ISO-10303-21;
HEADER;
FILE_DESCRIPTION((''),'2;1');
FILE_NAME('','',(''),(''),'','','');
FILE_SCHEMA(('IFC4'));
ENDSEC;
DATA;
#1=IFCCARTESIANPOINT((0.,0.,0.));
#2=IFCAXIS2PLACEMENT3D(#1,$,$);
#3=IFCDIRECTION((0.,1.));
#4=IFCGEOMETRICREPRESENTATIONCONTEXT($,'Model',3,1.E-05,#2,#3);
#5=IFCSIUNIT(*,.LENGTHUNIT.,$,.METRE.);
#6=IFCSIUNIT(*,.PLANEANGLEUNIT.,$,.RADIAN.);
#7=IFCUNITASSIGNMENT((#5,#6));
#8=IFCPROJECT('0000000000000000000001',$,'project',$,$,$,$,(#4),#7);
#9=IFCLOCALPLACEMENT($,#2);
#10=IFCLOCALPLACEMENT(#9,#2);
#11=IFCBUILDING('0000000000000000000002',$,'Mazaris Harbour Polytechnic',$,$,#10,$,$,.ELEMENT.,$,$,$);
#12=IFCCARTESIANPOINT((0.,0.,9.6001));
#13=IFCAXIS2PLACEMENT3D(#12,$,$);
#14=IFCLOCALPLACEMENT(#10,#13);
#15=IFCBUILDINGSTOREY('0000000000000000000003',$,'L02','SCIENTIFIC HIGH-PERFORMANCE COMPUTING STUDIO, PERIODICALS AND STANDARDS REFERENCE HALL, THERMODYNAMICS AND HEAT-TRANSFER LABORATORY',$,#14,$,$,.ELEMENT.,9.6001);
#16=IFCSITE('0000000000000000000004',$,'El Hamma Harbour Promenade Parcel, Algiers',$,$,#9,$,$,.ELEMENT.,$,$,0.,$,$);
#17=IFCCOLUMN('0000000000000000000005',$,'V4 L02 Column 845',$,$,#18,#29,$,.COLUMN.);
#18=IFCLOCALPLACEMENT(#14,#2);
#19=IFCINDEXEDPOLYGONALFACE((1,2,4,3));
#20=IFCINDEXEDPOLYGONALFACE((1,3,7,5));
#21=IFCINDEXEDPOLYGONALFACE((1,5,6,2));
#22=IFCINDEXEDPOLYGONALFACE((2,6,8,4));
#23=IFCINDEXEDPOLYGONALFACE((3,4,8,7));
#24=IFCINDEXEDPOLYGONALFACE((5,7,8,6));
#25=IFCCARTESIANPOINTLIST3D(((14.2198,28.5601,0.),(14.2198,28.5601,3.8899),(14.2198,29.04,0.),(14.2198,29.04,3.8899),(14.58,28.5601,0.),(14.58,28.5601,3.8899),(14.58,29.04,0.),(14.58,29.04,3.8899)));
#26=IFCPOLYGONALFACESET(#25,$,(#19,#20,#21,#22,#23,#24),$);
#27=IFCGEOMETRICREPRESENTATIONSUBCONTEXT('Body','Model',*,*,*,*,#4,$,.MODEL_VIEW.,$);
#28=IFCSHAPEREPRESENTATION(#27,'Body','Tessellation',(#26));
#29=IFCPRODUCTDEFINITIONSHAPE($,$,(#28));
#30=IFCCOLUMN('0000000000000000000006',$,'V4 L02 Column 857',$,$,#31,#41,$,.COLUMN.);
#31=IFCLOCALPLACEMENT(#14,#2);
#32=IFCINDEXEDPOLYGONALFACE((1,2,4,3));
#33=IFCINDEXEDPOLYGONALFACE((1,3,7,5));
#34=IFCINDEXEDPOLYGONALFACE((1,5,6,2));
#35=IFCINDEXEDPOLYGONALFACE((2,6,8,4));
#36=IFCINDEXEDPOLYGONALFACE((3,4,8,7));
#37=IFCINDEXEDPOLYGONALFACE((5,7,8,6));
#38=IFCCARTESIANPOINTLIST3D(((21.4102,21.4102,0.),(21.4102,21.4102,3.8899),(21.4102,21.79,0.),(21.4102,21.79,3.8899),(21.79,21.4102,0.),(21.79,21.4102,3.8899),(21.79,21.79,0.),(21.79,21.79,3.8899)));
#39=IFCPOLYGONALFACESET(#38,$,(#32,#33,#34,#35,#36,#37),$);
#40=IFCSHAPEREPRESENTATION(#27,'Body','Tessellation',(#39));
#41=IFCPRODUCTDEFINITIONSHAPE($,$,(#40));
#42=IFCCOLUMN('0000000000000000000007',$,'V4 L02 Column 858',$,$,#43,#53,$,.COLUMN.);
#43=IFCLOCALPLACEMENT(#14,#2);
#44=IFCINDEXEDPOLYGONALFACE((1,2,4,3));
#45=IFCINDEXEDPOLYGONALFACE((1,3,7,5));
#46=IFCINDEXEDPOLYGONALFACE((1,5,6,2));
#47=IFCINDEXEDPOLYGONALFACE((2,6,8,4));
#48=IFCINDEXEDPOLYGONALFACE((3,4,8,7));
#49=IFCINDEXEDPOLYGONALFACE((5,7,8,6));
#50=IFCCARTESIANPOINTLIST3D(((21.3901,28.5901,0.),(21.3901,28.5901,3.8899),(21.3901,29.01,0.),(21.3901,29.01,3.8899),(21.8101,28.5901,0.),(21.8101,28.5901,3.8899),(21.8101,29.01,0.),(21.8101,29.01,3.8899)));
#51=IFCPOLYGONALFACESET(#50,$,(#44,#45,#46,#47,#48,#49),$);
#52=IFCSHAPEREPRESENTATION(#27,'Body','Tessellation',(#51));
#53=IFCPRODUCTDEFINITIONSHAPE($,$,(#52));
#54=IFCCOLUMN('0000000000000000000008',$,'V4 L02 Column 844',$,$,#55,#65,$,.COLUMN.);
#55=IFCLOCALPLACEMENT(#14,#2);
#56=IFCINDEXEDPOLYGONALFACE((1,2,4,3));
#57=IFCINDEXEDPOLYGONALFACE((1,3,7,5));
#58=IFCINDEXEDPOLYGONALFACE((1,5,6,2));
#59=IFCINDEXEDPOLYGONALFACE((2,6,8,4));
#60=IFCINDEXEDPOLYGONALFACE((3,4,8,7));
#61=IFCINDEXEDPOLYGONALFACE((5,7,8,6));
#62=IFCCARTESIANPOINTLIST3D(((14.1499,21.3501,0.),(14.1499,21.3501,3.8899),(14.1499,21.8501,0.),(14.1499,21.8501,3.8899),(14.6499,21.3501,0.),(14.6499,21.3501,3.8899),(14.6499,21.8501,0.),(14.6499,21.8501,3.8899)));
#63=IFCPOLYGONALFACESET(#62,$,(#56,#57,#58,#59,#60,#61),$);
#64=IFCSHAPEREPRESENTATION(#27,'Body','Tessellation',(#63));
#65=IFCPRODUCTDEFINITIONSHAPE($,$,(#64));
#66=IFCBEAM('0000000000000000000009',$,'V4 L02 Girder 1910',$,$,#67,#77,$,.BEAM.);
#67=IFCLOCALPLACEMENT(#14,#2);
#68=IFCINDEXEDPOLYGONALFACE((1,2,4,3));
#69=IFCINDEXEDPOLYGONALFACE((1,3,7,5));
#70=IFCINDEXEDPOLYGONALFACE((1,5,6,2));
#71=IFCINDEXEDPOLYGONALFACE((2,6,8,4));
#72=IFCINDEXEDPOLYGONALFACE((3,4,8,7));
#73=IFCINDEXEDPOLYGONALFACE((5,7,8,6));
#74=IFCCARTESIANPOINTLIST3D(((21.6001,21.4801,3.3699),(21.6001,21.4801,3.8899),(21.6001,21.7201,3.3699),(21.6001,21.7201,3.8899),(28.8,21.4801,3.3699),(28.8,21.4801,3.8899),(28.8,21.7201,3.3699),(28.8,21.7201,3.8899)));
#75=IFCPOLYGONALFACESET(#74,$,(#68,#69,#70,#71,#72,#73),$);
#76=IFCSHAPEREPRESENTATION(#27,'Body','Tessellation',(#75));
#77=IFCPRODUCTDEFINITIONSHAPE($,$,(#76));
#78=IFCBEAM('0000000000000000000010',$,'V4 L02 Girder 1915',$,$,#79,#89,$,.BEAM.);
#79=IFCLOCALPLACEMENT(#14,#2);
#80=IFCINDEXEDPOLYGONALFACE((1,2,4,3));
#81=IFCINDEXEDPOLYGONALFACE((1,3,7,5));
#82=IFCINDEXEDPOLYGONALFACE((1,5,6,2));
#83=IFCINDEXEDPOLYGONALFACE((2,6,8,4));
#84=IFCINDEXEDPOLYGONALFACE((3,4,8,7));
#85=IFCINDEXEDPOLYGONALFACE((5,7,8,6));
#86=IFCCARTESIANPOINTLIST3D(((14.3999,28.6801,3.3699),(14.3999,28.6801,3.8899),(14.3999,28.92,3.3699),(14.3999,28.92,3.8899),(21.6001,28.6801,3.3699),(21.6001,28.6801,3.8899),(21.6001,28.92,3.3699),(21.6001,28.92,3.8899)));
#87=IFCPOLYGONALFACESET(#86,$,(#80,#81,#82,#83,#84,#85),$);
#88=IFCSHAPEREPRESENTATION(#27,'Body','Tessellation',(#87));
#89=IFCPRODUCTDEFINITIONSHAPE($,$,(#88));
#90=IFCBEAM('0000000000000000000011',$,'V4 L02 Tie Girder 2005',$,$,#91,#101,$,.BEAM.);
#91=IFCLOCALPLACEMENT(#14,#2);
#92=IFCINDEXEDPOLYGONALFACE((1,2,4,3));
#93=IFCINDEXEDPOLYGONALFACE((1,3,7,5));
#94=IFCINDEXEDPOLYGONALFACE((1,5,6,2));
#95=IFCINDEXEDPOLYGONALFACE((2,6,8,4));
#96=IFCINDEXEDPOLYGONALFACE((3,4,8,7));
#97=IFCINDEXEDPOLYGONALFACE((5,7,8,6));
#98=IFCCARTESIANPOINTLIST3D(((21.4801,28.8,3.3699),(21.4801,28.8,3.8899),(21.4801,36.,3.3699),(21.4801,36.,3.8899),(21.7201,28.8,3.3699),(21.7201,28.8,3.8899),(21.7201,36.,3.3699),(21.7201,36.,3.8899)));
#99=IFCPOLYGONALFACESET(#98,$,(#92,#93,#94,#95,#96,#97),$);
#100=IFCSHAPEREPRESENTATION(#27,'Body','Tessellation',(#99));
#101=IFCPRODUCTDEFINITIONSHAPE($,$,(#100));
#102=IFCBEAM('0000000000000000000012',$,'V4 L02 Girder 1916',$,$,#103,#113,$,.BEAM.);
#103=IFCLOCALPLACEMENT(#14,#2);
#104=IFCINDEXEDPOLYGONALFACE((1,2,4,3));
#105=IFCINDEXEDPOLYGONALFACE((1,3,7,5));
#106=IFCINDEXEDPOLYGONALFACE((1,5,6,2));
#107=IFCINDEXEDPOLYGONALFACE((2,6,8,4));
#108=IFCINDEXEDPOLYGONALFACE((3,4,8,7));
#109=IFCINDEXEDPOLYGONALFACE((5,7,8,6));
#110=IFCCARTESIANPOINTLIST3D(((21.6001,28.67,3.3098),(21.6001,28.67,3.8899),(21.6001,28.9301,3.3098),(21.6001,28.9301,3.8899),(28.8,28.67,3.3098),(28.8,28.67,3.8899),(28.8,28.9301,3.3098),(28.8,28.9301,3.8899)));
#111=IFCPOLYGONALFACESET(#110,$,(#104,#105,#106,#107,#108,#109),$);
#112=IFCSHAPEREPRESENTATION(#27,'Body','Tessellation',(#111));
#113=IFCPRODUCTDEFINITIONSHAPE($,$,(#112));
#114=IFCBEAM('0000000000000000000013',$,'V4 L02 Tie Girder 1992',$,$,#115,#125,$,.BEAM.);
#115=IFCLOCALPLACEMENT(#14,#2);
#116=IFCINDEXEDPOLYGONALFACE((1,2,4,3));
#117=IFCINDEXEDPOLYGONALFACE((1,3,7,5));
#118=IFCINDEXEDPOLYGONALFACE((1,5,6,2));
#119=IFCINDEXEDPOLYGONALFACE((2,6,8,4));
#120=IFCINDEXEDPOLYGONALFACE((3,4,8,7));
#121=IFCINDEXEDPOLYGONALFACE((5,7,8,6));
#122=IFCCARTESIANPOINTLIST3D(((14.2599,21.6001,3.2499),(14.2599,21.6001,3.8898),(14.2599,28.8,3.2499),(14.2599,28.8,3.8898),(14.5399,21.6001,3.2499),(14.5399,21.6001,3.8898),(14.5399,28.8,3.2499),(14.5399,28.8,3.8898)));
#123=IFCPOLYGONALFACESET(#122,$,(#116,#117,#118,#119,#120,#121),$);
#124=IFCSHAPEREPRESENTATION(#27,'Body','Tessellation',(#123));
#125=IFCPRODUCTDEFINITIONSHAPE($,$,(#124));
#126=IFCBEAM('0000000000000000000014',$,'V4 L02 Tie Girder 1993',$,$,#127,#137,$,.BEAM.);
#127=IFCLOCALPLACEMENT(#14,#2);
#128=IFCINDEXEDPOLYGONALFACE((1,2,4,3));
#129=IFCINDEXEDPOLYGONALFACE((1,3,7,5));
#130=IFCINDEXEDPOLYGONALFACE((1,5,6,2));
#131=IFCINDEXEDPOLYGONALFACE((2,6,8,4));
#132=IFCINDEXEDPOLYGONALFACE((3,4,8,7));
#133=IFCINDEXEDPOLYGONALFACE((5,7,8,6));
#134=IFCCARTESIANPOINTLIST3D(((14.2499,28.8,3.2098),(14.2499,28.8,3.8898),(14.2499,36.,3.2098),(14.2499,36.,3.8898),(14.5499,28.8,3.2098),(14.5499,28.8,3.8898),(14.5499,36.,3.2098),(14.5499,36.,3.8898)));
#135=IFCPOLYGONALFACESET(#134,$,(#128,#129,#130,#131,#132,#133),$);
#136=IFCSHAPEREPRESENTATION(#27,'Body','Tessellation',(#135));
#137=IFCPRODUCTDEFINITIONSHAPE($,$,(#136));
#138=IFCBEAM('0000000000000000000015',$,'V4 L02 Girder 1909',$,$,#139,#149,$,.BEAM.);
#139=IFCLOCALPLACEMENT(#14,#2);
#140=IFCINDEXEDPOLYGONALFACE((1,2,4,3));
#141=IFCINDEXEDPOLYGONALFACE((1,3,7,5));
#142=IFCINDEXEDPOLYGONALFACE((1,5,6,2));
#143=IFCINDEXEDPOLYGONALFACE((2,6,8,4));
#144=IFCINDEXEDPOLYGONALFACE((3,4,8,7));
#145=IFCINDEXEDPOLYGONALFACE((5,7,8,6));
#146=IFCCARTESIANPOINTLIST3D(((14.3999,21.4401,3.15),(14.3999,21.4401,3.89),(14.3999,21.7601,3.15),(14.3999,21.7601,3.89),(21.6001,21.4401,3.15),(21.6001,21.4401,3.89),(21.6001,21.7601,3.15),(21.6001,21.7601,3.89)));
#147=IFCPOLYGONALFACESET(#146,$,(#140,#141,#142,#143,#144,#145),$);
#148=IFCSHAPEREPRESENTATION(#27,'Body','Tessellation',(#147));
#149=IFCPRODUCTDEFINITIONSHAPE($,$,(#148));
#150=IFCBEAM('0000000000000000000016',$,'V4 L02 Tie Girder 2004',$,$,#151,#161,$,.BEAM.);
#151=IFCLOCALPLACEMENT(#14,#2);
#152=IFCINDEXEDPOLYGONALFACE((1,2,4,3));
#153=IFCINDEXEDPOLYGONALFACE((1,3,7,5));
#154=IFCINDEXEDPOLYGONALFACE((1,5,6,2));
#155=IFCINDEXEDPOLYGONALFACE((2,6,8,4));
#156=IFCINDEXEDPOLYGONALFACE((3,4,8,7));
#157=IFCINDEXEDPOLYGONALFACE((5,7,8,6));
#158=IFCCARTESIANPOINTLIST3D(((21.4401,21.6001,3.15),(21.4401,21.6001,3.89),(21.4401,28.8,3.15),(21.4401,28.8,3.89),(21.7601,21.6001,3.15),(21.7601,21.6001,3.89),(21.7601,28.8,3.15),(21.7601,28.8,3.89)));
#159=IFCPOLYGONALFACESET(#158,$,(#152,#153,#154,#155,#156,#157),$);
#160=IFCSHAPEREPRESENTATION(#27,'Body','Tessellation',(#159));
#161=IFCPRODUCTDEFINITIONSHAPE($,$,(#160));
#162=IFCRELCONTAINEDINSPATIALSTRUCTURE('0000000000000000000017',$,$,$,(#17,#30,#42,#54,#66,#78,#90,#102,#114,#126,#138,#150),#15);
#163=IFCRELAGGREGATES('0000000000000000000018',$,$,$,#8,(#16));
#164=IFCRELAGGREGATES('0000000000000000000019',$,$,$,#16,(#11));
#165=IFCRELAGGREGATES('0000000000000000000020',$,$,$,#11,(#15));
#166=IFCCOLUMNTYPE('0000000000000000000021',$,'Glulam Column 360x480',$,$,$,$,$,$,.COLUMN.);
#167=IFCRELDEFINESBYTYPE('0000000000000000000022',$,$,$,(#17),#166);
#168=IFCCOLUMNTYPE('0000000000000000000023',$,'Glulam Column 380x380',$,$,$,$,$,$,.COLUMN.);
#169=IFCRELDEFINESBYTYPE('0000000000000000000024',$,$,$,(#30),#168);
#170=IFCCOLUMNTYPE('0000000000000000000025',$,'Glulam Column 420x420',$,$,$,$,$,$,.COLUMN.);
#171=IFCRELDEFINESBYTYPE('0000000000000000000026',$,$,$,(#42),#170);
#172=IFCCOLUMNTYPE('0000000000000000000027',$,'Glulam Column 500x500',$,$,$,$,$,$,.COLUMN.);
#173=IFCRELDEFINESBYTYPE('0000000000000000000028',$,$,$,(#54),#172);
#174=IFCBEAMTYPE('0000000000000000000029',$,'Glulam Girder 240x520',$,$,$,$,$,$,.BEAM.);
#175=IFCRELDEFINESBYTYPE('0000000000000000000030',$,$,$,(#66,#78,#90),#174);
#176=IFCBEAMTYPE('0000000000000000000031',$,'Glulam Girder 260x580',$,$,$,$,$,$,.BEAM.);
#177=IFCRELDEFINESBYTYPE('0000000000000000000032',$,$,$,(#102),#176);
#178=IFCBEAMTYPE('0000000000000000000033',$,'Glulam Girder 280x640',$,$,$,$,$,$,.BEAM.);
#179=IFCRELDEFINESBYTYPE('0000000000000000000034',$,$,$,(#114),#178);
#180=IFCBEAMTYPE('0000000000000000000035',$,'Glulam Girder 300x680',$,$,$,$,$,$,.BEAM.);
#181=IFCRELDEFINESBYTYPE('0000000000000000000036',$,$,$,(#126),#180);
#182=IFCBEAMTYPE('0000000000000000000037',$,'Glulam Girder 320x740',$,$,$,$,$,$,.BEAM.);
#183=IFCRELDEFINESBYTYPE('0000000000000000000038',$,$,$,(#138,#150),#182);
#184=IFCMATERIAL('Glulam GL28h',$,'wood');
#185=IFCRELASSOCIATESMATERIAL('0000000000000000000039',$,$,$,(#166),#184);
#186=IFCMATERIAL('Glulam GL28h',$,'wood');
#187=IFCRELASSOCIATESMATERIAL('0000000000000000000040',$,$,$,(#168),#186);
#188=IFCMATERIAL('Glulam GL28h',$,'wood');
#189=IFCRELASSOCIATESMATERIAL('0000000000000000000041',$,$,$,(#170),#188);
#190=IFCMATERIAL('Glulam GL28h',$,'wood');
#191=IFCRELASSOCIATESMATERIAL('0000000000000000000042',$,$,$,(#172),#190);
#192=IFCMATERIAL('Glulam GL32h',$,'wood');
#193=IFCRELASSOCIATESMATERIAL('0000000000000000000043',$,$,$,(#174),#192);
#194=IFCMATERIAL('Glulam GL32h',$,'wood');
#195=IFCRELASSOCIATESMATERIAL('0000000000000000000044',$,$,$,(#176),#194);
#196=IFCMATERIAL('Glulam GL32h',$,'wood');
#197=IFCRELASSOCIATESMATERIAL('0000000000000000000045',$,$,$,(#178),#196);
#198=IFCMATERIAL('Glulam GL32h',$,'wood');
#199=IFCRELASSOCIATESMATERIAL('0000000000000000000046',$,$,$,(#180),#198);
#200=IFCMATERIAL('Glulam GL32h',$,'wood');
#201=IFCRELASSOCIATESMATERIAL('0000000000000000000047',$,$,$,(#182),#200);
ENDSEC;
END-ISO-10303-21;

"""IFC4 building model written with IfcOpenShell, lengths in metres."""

from ifc_helpers import new_model, si_unit, direction, frame, origin, origin_2d, place, context, subcontext, project, spatial, rectangle, extrude, material, material_profile, profile_set, type_object, element, save


model = new_model("IFC4")

# Units and contexts
model_context = context("Model", 3, precision=1e-05, world=origin(), true_north=direction((0.0, 1.0)))
body_context = subcontext(model_context, "Body", "Model", "MODEL_VIEW")
ifc_project = project(units=[si_unit("LENGTHUNIT", "METRE"), si_unit("PLANEANGLEUNIT", "RADIAN")], contexts=[model_context])

# Site, building, storey
site_placement = place(None, origin())
site = spatial("IfcSite", under=ifc_project, at=site_placement, Name="El Hamma Harbour Promenade Parcel, Algiers", CompositionType="ELEMENT", RefElevation=0.0)
building_placement = place(site_placement, origin())
building = spatial("IfcBuilding", under=site, at=building_placement, Name="Mazaris Harbour Polytechnic", CompositionType="ELEMENT")
storey_placement = place(building_placement, frame((0.0, 0.0, 9.6001)))
storey = spatial("IfcBuildingStorey", under=building, at=storey_placement, Name="L02", Description="SCIENTIFIC HIGH-PERFORMANCE COMPUTING STUDIO, PERIODICALS AND STANDARDS REFERENCE HALL, THERMODYNAMICS AND HEAT-TRANSFER LABORATORY", CompositionType="ELEMENT", Elevation=9.6001)

# Columns
ifc_material_1 = material(Name="Glulam GL28h", Category="wood")
ifc_material_profile_1 = material_profile(ifc_material_1, rectangle(XDim=0.3601, YDim=0.48, at=origin_2d()), Name="RECT360x480")
ifc_profile_set_1 = profile_set([ifc_material_profile_1], Name="Glulam GL28h")
column_type_1 = type_object("IfcColumnType", Name="Glulam Column 360x480", PredefinedType="COLUMN", material=ifc_profile_set_1)
column_1_placement = place(storey_placement, frame((14.3999, 28.8, 0.0), z_axis=(0.0, 0.0, 1.0), x_axis=(1.0, 0.0, 0.0)))
element("IfcColumn", 1, at=column_1_placement, inside=storey, type_object=column_type_1, Name="V4 L02 Column 845", PredefinedType="COLUMN", context=body_context, shape_type="SweptSolid", body=[
    extrude(rectangle(XDim=0.3601, YDim=0.48, at=origin_2d()), origin(), (0.0, 0.0, 1.0), 3.8899),
])
ifc_material_2 = material(Name="Glulam GL28h", Category="wood")
ifc_material_profile_2 = material_profile(ifc_material_2, rectangle(XDim=0.3799, YDim=0.3799, at=origin_2d()), Name="RECT380x380")
ifc_profile_set_2 = profile_set([ifc_material_profile_2], Name="Glulam GL28h")
column_type_2 = type_object("IfcColumnType", Name="Glulam Column 380x380", PredefinedType="COLUMN", material=ifc_profile_set_2)
column_2_placement = place(storey_placement, frame((21.6001, 21.6001, 0.0), z_axis=(0.0, 0.0, 1.0), x_axis=(1.0, 0.0, 0.0)))
element("IfcColumn", 2, at=column_2_placement, inside=storey, type_object=column_type_2, Name="V4 L02 Column 857", PredefinedType="COLUMN", context=body_context, shape_type="SweptSolid", body=[
    extrude(rectangle(XDim=0.3799, YDim=0.3799, at=origin_2d()), origin(), (0.0, 0.0, 1.0), 3.8899),
])
ifc_material_3 = material(Name="Glulam GL28h", Category="wood")
ifc_material_profile_3 = material_profile(ifc_material_3, rectangle(XDim=0.4199, YDim=0.4199, at=origin_2d()), Name="RECT420x420")
ifc_profile_set_3 = profile_set([ifc_material_profile_3], Name="Glulam GL28h")
column_type_3 = type_object("IfcColumnType", Name="Glulam Column 420x420", PredefinedType="COLUMN", material=ifc_profile_set_3)
column_3_placement = place(storey_placement, frame((21.6001, 28.8, 0.0), z_axis=(0.0, 0.0, 1.0), x_axis=(1.0, 0.0, 0.0)))
element("IfcColumn", 3, at=column_3_placement, inside=storey, type_object=column_type_3, Name="V4 L02 Column 858", PredefinedType="COLUMN", context=body_context, shape_type="SweptSolid", body=[
    extrude(rectangle(XDim=0.4199, YDim=0.4199, at=origin_2d()), origin(), (0.0, 0.0, 1.0), 3.8899),
])
ifc_material_4 = material(Name="Glulam GL28h", Category="wood")
ifc_material_profile_4 = material_profile(ifc_material_4, rectangle(XDim=0.5, YDim=0.5, at=origin_2d()), Name="RECT500x500")
ifc_profile_set_4 = profile_set([ifc_material_profile_4], Name="Glulam GL28h")
column_type_4 = type_object("IfcColumnType", Name="Glulam Column 500x500", PredefinedType="COLUMN", material=ifc_profile_set_4)
column_4_placement = place(storey_placement, frame((14.3999, 21.6001, 0.0), z_axis=(0.0, 0.0, 1.0), x_axis=(1.0, 0.0, 0.0)))
element("IfcColumn", 4, at=column_4_placement, inside=storey, type_object=column_type_4, Name="V4 L02 Column 844", PredefinedType="COLUMN", context=body_context, shape_type="SweptSolid", body=[
    extrude(rectangle(XDim=0.5, YDim=0.5, at=origin_2d()), origin(), (0.0, 0.0, 1.0), 3.8899),
])

# Beams
ifc_material_5 = material(Name="Glulam GL32h", Category="wood")
ifc_material_profile_5 = material_profile(ifc_material_5, rectangle(XDim=0.24, YDim=0.52, at=origin_2d()), Name="RECT240x520")
ifc_profile_set_5 = profile_set([ifc_material_profile_5], Name="Glulam GL32h")
beam_type_1 = type_object("IfcBeamType", Name="Glulam Girder 240x520", PredefinedType="BEAM", material=ifc_profile_set_5)
beam_1_placement = place(storey_placement, frame((21.6001, 21.6001, 3.6299), z_axis=(1.0, 0.0, 0.0), x_axis=(0.0, 1.0, 0.0)))
element("IfcBeam", 5, at=beam_1_placement, inside=storey, type_object=beam_type_1, Name="V4 L02 Girder 1910", PredefinedType="BEAM", context=body_context, shape_type="SweptSolid", body=[
    extrude(rectangle(XDim=0.24, YDim=0.52, at=origin_2d()), origin(), (0.0, 0.0, 1.0), 7.2),
])
beam_2_placement = place(storey_placement, frame((14.3999, 28.8, 3.6299), z_axis=(1.0, 0.0, 0.0), x_axis=(0.0, 1.0, 0.0)))
element("IfcBeam", 6, at=beam_2_placement, inside=storey, type_object=beam_type_1, Name="V4 L02 Girder 1915", PredefinedType="BEAM", context=body_context, shape_type="SweptSolid", body=[
    extrude(rectangle(XDim=0.24, YDim=0.52, at=origin_2d()), origin(), (0.0, 0.0, 1.0), 7.2002),
])
beam_3_placement = place(storey_placement, frame((21.6001, 28.8, 3.6299), z_axis=(0.0, 1.0, 0.0), x_axis=(-1.0, 0.0, 0.0)))
element("IfcBeam", 7, at=beam_3_placement, inside=storey, type_object=beam_type_1, Name="V4 L02 Tie Girder 2005", PredefinedType="BEAM", context=body_context, shape_type="SweptSolid", body=[
    extrude(rectangle(XDim=0.24, YDim=0.52, at=origin_2d()), origin(), (0.0, 0.0, 1.0), 7.2),
])
ifc_material_6 = material(Name="Glulam GL32h", Category="wood")
ifc_material_profile_6 = material_profile(ifc_material_6, rectangle(XDim=0.26, YDim=0.5801, at=origin_2d()), Name="RECT260x580")
ifc_profile_set_6 = profile_set([ifc_material_profile_6], Name="Glulam GL32h")
beam_type_2 = type_object("IfcBeamType", Name="Glulam Girder 260x580", PredefinedType="BEAM", material=ifc_profile_set_6)
beam_4_placement = place(storey_placement, frame((21.6001, 28.8, 3.5999), z_axis=(1.0, 0.0, 0.0), x_axis=(0.0, 1.0, 0.0)))
element("IfcBeam", 8, at=beam_4_placement, inside=storey, type_object=beam_type_2, Name="V4 L02 Girder 1916", PredefinedType="BEAM", context=body_context, shape_type="SweptSolid", body=[
    extrude(rectangle(XDim=0.26, YDim=0.5801, at=origin_2d()), origin(), (0.0, 0.0, 1.0), 7.2),
])
ifc_material_7 = material(Name="Glulam GL32h", Category="wood")
ifc_material_profile_7 = material_profile(ifc_material_7, rectangle(XDim=0.28, YDim=0.6399, at=origin_2d()), Name="RECT280x640")
ifc_profile_set_7 = profile_set([ifc_material_profile_7], Name="Glulam GL32h")
beam_type_3 = type_object("IfcBeamType", Name="Glulam Girder 280x640", PredefinedType="BEAM", material=ifc_profile_set_7)
beam_5_placement = place(storey_placement, frame((14.3999, 21.6001, 3.5698), z_axis=(0.0, 1.0, 0.0), x_axis=(-1.0, 0.0, 0.0)))
element("IfcBeam", 9, at=beam_5_placement, inside=storey, type_object=beam_type_3, Name="V4 L02 Tie Girder 1992", PredefinedType="BEAM", context=body_context, shape_type="SweptSolid", body=[
    extrude(rectangle(XDim=0.28, YDim=0.6399, at=origin_2d()), origin(), (0.0, 0.0, 1.0), 7.2),
])
ifc_material_8 = material(Name="Glulam GL32h", Category="wood")
ifc_material_profile_8 = material_profile(ifc_material_8, rectangle(XDim=0.3, YDim=0.6799, at=origin_2d()), Name="RECT300x680")
ifc_profile_set_8 = profile_set([ifc_material_profile_8], Name="Glulam GL32h")
beam_type_4 = type_object("IfcBeamType", Name="Glulam Girder 300x680", PredefinedType="BEAM", material=ifc_profile_set_8)
beam_6_placement = place(storey_placement, frame((14.3999, 28.8, 3.5498), z_axis=(0.0, 1.0, 0.0), x_axis=(-1.0, 0.0, 0.0)))
element("IfcBeam", 10, at=beam_6_placement, inside=storey, type_object=beam_type_4, Name="V4 L02 Tie Girder 1993", PredefinedType="BEAM", context=body_context, shape_type="SweptSolid", body=[
    extrude(rectangle(XDim=0.3, YDim=0.6799, at=origin_2d()), origin(), (0.0, 0.0, 1.0), 7.2),
])
ifc_material_9 = material(Name="Glulam GL32h", Category="wood")
ifc_material_profile_9 = material_profile(ifc_material_9, rectangle(XDim=0.3201, YDim=0.74, at=origin_2d()), Name="RECT320x740")
ifc_profile_set_9 = profile_set([ifc_material_profile_9], Name="Glulam GL32h")
beam_type_5 = type_object("IfcBeamType", Name="Glulam Girder 320x740", PredefinedType="BEAM", material=ifc_profile_set_9)
beam_7_placement = place(storey_placement, frame((14.3999, 21.6001, 3.52), z_axis=(1.0, 0.0, 0.0), x_axis=(0.0, 1.0, 0.0)))
element("IfcBeam", 11, at=beam_7_placement, inside=storey, type_object=beam_type_5, Name="V4 L02 Girder 1909", PredefinedType="BEAM", context=body_context, shape_type="SweptSolid", body=[
    extrude(rectangle(XDim=0.3201, YDim=0.74, at=origin_2d()), origin(), (0.0, 0.0, 1.0), 7.2002),
])
beam_8_placement = place(storey_placement, frame((21.6001, 21.6001, 3.52), z_axis=(0.0, 1.0, 0.0), x_axis=(-1.0, 0.0, 0.0)))
element("IfcBeam", 12, at=beam_8_placement, inside=storey, type_object=beam_type_5, Name="V4 L02 Tie Girder 2004", PredefinedType="BEAM", context=body_context, shape_type="SweptSolid", body=[
    extrude(rectangle(XDim=0.3201, YDim=0.74, at=origin_2d()), origin(), (0.0, 0.0, 1.0), 7.2),
])

save(model, "model.ifc")
